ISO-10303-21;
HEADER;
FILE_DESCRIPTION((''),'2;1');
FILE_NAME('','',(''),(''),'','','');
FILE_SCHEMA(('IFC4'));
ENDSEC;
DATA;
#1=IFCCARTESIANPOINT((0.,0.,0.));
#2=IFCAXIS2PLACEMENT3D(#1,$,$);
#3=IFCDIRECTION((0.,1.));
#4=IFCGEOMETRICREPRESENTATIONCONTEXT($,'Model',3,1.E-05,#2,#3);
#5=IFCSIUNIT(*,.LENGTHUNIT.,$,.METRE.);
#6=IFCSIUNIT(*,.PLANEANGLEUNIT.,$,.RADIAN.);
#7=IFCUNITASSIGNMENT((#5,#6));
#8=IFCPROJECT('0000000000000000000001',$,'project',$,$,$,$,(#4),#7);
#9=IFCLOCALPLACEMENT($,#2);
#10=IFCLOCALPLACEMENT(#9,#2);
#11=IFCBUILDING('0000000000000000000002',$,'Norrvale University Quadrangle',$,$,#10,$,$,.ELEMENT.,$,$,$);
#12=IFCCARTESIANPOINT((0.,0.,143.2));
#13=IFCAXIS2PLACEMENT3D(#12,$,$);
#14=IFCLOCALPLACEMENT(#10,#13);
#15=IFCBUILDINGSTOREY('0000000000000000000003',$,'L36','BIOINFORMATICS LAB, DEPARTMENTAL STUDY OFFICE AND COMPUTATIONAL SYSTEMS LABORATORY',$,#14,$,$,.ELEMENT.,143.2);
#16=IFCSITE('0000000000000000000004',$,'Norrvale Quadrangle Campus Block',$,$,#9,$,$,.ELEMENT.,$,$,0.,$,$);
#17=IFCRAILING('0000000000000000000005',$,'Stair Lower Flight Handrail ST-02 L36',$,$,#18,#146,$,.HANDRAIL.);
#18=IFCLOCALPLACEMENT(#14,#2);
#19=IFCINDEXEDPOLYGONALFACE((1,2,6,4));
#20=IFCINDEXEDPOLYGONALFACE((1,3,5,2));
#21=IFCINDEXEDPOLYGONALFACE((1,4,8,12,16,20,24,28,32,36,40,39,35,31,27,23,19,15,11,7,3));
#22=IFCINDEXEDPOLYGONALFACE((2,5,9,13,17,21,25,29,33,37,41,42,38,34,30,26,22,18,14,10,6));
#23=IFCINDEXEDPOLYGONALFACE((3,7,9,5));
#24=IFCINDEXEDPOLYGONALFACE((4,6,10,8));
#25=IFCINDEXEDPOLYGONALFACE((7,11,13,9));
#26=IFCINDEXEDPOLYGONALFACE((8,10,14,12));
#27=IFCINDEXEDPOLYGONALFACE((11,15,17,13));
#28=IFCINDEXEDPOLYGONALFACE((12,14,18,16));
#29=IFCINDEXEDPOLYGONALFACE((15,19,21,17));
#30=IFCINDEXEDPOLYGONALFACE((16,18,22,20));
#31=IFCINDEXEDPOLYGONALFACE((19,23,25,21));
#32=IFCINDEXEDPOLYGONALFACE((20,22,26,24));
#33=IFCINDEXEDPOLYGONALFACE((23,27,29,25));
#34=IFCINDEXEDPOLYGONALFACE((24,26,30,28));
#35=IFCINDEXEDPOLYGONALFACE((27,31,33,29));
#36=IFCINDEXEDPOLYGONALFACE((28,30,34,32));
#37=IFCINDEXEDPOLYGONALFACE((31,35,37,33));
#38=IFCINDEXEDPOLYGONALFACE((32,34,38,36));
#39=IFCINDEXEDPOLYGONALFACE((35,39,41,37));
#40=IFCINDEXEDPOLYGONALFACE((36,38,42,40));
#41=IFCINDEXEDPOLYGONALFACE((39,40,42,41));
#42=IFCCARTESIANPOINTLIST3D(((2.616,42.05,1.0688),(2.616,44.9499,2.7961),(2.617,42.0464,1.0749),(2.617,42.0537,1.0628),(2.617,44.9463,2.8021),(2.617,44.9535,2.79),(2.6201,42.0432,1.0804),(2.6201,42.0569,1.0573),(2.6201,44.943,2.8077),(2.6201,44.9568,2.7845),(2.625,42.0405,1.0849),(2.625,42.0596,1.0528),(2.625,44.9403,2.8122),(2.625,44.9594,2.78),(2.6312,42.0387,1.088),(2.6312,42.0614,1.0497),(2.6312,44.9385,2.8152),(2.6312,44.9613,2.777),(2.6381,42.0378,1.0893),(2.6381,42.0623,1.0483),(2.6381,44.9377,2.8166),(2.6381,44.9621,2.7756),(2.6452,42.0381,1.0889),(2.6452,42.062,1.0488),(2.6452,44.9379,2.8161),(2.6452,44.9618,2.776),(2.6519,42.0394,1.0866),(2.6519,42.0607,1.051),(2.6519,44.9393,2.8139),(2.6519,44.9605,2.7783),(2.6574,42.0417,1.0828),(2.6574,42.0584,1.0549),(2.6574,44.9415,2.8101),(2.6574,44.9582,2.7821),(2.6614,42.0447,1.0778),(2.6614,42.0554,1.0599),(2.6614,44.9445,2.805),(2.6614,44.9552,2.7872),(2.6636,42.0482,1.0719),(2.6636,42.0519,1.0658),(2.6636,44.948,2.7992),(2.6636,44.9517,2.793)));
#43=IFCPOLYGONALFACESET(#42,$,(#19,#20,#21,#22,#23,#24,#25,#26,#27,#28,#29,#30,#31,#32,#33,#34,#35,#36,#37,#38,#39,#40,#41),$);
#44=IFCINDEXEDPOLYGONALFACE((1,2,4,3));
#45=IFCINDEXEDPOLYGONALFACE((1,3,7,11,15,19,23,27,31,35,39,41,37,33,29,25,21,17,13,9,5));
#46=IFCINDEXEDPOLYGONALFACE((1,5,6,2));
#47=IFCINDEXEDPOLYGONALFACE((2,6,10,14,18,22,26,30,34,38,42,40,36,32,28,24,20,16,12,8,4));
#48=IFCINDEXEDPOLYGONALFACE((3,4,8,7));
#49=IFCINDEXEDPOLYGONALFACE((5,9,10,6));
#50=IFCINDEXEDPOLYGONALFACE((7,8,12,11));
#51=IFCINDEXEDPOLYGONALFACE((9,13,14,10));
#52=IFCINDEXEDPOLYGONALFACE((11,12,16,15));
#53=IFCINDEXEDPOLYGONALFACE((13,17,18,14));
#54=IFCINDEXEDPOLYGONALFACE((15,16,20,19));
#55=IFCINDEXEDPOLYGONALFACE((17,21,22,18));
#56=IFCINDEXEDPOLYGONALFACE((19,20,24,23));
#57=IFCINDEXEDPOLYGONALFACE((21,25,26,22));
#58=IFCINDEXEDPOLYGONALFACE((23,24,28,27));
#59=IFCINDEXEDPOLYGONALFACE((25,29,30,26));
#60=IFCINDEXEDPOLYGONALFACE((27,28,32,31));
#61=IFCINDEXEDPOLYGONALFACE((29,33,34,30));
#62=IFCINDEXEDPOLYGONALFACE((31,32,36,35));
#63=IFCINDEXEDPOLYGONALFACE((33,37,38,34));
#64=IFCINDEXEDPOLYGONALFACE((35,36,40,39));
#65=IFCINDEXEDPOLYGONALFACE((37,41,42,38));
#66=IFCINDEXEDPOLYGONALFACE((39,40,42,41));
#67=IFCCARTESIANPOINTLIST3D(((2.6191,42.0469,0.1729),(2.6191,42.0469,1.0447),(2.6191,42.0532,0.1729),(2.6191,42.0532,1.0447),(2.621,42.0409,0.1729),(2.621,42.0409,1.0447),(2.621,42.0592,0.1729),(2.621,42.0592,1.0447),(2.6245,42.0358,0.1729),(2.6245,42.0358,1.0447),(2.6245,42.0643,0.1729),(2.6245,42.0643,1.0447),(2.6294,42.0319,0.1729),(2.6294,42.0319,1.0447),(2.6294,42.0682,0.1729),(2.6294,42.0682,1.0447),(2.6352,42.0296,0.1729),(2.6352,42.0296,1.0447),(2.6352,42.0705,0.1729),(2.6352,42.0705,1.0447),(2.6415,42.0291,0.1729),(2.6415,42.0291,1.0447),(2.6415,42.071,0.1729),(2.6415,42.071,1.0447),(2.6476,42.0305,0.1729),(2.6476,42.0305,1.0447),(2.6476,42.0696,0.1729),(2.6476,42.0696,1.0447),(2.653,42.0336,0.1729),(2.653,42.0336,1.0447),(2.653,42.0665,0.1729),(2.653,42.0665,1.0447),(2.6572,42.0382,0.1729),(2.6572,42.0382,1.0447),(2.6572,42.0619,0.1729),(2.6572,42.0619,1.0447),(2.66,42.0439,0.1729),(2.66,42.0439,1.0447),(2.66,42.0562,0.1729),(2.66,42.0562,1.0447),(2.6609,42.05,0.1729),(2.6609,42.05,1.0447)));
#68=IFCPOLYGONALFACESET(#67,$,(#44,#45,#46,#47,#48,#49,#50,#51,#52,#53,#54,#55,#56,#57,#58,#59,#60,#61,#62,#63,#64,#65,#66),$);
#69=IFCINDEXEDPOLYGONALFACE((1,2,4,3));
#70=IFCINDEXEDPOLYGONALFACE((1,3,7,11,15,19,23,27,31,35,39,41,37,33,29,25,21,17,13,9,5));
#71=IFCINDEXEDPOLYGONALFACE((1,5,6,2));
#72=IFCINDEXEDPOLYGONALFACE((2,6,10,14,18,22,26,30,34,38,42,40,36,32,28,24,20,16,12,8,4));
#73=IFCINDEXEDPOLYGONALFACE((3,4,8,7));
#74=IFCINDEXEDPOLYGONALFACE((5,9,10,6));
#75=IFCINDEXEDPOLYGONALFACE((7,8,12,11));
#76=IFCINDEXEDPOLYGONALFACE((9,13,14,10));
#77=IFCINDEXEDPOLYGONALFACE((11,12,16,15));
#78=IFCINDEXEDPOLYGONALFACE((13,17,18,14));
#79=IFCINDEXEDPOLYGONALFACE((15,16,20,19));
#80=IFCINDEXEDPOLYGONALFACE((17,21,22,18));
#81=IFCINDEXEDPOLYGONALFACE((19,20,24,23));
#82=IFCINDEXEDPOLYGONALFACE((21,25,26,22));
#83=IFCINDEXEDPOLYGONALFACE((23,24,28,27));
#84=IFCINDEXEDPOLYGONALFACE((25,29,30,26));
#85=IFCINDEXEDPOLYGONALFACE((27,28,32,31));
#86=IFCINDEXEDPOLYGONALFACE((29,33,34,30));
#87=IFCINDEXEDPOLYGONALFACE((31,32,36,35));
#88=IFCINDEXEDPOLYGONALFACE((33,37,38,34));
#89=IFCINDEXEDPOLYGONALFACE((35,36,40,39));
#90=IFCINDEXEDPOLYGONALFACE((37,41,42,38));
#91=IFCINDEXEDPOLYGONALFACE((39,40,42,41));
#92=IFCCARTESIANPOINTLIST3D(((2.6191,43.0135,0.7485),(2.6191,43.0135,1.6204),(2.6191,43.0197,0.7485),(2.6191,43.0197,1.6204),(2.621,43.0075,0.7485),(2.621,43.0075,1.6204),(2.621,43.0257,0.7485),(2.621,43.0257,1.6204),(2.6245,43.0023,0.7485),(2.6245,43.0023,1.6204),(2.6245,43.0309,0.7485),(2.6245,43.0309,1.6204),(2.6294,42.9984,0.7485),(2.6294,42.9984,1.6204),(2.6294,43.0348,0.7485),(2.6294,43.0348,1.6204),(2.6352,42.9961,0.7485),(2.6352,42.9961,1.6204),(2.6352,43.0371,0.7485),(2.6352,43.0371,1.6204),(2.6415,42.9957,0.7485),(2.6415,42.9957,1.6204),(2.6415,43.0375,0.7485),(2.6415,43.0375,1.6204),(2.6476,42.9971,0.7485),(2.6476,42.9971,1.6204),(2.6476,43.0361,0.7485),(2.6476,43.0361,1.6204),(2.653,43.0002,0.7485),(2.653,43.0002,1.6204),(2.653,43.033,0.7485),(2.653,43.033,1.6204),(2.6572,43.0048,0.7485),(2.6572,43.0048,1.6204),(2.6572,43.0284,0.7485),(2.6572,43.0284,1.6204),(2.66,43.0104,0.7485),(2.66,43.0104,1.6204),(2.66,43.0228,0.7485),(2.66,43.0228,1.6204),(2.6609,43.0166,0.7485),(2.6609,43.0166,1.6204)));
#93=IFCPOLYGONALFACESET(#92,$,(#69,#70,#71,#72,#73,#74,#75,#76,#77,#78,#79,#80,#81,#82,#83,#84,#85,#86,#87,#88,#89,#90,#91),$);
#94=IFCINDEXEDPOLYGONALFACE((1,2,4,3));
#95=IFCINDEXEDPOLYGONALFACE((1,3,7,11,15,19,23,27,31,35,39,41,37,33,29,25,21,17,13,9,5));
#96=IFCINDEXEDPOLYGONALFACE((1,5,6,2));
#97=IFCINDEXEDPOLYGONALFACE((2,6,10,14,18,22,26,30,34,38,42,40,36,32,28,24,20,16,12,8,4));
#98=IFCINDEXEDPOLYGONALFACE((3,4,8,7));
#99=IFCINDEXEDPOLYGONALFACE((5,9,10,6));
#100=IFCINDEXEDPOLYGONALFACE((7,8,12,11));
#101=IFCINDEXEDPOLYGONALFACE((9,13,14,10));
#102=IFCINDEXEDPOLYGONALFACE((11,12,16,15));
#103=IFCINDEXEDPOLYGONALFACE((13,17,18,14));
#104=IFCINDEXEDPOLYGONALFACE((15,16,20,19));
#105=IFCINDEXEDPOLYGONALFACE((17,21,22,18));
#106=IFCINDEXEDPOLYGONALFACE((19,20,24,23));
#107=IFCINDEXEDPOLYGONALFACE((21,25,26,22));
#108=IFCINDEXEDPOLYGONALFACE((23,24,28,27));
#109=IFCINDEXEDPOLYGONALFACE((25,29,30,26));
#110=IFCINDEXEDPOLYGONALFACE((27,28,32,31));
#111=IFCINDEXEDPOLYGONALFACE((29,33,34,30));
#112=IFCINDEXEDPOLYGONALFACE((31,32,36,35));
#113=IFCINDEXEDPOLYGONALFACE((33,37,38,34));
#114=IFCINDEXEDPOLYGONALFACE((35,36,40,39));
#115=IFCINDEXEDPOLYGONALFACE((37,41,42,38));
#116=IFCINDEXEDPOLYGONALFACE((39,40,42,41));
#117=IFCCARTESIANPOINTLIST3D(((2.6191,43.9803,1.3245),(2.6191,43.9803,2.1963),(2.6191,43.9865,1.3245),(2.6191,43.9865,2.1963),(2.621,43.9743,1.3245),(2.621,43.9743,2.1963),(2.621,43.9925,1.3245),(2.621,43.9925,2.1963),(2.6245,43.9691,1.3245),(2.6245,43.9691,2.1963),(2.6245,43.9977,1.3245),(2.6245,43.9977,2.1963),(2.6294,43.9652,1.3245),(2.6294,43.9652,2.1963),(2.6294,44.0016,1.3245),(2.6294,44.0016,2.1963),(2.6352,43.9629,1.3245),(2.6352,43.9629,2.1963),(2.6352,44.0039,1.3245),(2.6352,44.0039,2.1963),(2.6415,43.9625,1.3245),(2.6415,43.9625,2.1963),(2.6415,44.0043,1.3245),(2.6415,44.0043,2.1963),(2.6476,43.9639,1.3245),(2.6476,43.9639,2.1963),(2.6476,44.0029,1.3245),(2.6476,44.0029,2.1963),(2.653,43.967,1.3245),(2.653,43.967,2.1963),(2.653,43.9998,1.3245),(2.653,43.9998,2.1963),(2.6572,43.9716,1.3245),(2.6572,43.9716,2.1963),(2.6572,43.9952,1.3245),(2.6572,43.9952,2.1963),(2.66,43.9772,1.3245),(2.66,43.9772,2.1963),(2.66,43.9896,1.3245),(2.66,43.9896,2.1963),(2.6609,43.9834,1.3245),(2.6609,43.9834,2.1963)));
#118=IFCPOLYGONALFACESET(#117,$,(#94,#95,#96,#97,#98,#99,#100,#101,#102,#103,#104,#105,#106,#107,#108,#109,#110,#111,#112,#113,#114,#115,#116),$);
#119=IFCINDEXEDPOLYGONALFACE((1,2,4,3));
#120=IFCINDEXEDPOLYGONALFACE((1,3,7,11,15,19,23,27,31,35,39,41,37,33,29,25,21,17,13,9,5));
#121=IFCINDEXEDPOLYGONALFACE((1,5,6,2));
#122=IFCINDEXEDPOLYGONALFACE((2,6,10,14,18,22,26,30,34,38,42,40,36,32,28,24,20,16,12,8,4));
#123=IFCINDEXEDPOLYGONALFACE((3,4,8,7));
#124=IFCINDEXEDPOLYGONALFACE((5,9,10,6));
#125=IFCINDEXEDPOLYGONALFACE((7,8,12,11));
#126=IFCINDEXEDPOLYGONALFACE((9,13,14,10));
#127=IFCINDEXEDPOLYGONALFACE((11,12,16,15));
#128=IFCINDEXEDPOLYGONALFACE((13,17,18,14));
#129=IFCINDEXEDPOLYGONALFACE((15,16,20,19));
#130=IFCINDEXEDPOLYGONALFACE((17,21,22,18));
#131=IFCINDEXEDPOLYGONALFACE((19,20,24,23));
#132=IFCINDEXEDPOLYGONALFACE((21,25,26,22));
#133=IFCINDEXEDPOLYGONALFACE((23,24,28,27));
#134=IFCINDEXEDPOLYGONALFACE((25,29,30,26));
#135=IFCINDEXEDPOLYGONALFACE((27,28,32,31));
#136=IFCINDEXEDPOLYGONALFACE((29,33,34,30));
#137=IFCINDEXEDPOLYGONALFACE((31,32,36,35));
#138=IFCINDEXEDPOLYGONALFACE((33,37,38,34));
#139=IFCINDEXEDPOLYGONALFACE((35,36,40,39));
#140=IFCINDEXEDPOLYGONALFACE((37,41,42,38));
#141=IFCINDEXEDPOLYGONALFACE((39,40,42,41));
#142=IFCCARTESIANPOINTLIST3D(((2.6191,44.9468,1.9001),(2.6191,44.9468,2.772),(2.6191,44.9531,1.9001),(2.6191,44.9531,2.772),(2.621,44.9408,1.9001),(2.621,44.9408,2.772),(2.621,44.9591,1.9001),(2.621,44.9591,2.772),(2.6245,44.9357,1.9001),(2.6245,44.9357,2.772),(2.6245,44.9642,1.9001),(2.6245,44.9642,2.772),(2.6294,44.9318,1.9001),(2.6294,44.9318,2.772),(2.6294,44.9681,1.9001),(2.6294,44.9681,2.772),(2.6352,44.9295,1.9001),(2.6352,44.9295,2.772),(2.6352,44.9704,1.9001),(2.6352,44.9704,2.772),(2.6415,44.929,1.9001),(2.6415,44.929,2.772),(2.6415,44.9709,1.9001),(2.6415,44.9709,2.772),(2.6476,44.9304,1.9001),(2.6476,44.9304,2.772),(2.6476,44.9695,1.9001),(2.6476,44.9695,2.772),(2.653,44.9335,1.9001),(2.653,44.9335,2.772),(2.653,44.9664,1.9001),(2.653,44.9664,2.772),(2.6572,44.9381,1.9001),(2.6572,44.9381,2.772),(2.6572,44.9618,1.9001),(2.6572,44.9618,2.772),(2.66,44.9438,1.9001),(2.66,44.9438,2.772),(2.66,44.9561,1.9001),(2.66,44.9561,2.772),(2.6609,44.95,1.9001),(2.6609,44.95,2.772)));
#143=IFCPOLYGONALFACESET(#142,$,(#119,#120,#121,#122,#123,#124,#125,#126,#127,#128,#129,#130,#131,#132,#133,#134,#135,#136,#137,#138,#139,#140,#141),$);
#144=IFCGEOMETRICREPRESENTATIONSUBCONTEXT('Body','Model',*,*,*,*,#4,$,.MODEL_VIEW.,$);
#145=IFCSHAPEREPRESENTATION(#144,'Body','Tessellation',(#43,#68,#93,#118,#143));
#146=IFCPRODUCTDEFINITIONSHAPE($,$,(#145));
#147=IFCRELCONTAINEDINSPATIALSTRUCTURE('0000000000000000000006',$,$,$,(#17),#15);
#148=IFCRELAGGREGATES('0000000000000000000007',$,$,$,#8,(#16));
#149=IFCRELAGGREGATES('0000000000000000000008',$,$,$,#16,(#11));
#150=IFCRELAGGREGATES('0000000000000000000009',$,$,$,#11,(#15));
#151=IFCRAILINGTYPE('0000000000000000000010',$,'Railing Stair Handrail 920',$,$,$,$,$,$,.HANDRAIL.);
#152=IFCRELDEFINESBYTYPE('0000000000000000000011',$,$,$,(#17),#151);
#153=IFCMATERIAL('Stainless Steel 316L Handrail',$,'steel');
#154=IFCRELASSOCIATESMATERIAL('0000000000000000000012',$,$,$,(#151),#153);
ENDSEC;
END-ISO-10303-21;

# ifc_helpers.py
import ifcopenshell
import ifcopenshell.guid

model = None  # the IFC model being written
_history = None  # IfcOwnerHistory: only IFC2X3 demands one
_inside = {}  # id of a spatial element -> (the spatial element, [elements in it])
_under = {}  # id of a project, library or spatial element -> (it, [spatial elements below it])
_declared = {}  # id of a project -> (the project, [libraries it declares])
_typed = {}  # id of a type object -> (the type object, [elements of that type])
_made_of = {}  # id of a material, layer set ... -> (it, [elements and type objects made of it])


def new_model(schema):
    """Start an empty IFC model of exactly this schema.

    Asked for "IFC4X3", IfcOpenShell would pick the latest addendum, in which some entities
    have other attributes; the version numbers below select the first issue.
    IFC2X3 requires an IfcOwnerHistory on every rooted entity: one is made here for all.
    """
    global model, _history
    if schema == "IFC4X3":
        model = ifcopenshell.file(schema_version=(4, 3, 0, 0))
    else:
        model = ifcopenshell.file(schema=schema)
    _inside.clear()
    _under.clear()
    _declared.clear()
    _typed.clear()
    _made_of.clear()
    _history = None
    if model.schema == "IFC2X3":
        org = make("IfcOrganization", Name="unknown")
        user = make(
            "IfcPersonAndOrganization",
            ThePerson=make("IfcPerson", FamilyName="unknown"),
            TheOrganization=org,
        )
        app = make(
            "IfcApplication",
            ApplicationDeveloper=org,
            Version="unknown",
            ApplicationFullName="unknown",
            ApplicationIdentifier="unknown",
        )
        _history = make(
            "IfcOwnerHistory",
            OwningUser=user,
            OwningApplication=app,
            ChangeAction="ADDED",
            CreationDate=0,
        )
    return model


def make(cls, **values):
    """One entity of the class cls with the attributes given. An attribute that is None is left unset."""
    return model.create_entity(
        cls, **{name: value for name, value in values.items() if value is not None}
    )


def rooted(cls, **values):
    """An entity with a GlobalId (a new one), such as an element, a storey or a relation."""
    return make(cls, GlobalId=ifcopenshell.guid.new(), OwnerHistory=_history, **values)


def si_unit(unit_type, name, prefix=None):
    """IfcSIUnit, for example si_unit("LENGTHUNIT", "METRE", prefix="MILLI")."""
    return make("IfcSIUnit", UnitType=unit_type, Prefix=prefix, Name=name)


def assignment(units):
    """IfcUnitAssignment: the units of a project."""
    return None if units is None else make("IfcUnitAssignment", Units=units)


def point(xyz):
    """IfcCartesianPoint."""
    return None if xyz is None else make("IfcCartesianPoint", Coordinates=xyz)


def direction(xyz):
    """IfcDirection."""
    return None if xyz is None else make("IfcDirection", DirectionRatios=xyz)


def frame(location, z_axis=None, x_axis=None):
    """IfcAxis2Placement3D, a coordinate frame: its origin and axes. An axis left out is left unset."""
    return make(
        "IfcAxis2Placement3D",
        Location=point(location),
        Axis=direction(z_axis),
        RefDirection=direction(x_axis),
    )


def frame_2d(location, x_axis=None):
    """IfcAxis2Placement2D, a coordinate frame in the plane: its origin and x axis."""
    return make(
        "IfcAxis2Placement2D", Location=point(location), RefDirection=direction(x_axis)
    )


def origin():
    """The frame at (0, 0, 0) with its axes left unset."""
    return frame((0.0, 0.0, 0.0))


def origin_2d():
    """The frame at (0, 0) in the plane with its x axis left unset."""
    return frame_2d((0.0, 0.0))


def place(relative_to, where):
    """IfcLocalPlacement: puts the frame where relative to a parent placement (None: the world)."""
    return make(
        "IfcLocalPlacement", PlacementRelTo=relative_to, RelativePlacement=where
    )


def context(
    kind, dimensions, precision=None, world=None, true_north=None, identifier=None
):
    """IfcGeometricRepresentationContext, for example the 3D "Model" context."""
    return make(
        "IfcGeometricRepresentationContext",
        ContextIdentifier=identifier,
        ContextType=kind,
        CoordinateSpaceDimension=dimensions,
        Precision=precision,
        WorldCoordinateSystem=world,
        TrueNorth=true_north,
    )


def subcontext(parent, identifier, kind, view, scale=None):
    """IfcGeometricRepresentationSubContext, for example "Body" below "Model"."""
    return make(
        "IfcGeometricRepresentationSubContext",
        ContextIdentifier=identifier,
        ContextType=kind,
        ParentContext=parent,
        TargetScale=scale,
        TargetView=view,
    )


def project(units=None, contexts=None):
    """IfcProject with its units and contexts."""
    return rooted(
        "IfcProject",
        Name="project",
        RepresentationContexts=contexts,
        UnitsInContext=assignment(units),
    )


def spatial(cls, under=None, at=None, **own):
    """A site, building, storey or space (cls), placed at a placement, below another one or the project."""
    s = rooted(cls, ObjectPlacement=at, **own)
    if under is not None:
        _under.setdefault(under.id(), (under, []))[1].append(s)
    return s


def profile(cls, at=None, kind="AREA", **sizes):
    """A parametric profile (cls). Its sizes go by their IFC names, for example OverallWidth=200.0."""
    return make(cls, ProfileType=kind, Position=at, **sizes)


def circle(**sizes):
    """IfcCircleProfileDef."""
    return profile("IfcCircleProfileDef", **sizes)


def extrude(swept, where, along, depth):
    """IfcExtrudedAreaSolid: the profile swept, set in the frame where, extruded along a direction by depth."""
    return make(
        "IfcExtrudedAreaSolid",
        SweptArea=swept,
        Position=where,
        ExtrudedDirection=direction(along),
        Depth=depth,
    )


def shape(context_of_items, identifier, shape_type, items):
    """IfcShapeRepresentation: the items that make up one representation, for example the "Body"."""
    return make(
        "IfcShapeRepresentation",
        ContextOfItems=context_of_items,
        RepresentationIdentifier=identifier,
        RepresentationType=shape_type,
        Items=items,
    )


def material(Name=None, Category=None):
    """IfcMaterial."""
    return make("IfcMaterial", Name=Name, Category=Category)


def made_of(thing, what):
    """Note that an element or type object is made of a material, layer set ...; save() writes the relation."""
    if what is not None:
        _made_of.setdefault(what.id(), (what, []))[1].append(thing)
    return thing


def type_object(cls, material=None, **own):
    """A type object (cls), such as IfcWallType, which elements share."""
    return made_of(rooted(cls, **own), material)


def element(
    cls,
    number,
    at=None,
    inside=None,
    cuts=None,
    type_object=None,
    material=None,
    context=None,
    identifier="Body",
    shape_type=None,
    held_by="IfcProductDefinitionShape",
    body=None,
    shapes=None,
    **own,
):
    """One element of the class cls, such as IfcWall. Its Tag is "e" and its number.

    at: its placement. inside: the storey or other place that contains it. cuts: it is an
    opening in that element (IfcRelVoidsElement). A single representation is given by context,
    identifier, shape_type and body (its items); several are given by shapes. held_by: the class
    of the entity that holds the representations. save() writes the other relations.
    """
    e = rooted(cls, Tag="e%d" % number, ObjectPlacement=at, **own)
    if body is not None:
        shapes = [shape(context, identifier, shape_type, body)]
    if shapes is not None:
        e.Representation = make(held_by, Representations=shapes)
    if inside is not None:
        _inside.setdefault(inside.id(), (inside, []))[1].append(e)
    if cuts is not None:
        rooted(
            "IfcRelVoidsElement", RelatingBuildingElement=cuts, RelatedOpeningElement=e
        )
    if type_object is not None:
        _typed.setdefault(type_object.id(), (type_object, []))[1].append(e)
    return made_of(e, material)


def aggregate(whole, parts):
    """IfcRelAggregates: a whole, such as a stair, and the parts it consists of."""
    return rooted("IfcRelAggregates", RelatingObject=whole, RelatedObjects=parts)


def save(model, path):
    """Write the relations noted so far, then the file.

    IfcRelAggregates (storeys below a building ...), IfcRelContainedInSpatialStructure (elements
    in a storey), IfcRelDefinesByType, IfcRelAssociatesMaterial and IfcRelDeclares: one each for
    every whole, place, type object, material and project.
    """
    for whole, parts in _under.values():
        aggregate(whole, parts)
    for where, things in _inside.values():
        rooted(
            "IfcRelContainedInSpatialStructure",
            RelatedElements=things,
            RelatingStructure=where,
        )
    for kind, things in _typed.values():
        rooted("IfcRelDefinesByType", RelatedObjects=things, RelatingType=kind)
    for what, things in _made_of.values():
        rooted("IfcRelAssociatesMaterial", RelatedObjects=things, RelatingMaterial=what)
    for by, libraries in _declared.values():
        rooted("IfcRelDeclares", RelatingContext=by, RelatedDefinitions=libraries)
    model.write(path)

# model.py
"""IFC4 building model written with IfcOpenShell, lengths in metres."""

from ifc_helpers import new_model, si_unit, direction, frame, origin, origin_2d, place, context, subcontext, project, spatial, circle, extrude, material, type_object, element, save


model = new_model("IFC4")

# Units and contexts
model_context = context("Model", 3, precision=1e-05, world=origin(), true_north=direction((0.0, 1.0)))
body_context = subcontext(model_context, "Body", "Model", "MODEL_VIEW")
ifc_project = project(units=[si_unit("LENGTHUNIT", "METRE"), si_unit("PLANEANGLEUNIT", "RADIAN")], contexts=[model_context])

# Site, building, storey
site_placement = place(None, origin())
site = spatial("IfcSite", under=ifc_project, at=site_placement, Name="Norrvale Quadrangle Campus Block", CompositionType="ELEMENT", RefElevation=0.0)
building_placement = place(site_placement, origin())
building = spatial("IfcBuilding", under=site, at=building_placement, Name="Norrvale University Quadrangle", CompositionType="ELEMENT")
storey_placement = place(building_placement, frame((0.0, 0.0, 143.2)))
storey = spatial("IfcBuildingStorey", under=building, at=storey_placement, Name="L36", Description="BIOINFORMATICS LAB, DEPARTMENTAL STUDY OFFICE AND COMPUTATIONAL SYSTEMS LABORATORY", CompositionType="ELEMENT", Elevation=143.2)

# Railing
ifc_material_1 = material(Name="Stainless Steel 316L Handrail", Category="steel")
railing_type_1 = type_object("IfcRailingType", Name="Railing Stair Handrail 920", PredefinedType="HANDRAIL", material=ifc_material_1)
railing_1_placement = place(storey_placement, frame((2.6399, 42.05, 0.1729)))
element("IfcRailing", 1, at=railing_1_placement, inside=storey, type_object=railing_type_1, Name="Stair Lower Flight Handrail ST-02 L36", PredefinedType="HANDRAIL", context=body_context, shape_type="SweptSolid", body=[
    extrude(circle(Radius=0.0239, at=origin_2d()), frame((0.0, 0.0, 0.896), z_axis=(0.0, 0.859141, 0.511738), x_axis=(-1.0, 0.0, 0.0)), (0.0, 0.0, 1.0), 3.3752),
    extrude(circle(Radius=0.021, at=origin_2d()), origin(), (0.0, 0.0, 1.0), 0.8718),
    extrude(circle(Radius=0.021, at=origin_2d()), frame((0.0, 0.9666, 0.5757)), (0.0, 0.0, 1.0), 0.8718),
    extrude(circle(Radius=0.021, at=origin_2d()), frame((0.0, 1.9333, 1.1516)), (0.0, 0.0, 1.0), 0.8718),
    extrude(circle(Radius=0.021, at=origin_2d()), frame((0.0, 2.8999, 1.7273)), (0.0, 0.0, 1.0), 0.8718),
])

save(model, "model.ifc")
